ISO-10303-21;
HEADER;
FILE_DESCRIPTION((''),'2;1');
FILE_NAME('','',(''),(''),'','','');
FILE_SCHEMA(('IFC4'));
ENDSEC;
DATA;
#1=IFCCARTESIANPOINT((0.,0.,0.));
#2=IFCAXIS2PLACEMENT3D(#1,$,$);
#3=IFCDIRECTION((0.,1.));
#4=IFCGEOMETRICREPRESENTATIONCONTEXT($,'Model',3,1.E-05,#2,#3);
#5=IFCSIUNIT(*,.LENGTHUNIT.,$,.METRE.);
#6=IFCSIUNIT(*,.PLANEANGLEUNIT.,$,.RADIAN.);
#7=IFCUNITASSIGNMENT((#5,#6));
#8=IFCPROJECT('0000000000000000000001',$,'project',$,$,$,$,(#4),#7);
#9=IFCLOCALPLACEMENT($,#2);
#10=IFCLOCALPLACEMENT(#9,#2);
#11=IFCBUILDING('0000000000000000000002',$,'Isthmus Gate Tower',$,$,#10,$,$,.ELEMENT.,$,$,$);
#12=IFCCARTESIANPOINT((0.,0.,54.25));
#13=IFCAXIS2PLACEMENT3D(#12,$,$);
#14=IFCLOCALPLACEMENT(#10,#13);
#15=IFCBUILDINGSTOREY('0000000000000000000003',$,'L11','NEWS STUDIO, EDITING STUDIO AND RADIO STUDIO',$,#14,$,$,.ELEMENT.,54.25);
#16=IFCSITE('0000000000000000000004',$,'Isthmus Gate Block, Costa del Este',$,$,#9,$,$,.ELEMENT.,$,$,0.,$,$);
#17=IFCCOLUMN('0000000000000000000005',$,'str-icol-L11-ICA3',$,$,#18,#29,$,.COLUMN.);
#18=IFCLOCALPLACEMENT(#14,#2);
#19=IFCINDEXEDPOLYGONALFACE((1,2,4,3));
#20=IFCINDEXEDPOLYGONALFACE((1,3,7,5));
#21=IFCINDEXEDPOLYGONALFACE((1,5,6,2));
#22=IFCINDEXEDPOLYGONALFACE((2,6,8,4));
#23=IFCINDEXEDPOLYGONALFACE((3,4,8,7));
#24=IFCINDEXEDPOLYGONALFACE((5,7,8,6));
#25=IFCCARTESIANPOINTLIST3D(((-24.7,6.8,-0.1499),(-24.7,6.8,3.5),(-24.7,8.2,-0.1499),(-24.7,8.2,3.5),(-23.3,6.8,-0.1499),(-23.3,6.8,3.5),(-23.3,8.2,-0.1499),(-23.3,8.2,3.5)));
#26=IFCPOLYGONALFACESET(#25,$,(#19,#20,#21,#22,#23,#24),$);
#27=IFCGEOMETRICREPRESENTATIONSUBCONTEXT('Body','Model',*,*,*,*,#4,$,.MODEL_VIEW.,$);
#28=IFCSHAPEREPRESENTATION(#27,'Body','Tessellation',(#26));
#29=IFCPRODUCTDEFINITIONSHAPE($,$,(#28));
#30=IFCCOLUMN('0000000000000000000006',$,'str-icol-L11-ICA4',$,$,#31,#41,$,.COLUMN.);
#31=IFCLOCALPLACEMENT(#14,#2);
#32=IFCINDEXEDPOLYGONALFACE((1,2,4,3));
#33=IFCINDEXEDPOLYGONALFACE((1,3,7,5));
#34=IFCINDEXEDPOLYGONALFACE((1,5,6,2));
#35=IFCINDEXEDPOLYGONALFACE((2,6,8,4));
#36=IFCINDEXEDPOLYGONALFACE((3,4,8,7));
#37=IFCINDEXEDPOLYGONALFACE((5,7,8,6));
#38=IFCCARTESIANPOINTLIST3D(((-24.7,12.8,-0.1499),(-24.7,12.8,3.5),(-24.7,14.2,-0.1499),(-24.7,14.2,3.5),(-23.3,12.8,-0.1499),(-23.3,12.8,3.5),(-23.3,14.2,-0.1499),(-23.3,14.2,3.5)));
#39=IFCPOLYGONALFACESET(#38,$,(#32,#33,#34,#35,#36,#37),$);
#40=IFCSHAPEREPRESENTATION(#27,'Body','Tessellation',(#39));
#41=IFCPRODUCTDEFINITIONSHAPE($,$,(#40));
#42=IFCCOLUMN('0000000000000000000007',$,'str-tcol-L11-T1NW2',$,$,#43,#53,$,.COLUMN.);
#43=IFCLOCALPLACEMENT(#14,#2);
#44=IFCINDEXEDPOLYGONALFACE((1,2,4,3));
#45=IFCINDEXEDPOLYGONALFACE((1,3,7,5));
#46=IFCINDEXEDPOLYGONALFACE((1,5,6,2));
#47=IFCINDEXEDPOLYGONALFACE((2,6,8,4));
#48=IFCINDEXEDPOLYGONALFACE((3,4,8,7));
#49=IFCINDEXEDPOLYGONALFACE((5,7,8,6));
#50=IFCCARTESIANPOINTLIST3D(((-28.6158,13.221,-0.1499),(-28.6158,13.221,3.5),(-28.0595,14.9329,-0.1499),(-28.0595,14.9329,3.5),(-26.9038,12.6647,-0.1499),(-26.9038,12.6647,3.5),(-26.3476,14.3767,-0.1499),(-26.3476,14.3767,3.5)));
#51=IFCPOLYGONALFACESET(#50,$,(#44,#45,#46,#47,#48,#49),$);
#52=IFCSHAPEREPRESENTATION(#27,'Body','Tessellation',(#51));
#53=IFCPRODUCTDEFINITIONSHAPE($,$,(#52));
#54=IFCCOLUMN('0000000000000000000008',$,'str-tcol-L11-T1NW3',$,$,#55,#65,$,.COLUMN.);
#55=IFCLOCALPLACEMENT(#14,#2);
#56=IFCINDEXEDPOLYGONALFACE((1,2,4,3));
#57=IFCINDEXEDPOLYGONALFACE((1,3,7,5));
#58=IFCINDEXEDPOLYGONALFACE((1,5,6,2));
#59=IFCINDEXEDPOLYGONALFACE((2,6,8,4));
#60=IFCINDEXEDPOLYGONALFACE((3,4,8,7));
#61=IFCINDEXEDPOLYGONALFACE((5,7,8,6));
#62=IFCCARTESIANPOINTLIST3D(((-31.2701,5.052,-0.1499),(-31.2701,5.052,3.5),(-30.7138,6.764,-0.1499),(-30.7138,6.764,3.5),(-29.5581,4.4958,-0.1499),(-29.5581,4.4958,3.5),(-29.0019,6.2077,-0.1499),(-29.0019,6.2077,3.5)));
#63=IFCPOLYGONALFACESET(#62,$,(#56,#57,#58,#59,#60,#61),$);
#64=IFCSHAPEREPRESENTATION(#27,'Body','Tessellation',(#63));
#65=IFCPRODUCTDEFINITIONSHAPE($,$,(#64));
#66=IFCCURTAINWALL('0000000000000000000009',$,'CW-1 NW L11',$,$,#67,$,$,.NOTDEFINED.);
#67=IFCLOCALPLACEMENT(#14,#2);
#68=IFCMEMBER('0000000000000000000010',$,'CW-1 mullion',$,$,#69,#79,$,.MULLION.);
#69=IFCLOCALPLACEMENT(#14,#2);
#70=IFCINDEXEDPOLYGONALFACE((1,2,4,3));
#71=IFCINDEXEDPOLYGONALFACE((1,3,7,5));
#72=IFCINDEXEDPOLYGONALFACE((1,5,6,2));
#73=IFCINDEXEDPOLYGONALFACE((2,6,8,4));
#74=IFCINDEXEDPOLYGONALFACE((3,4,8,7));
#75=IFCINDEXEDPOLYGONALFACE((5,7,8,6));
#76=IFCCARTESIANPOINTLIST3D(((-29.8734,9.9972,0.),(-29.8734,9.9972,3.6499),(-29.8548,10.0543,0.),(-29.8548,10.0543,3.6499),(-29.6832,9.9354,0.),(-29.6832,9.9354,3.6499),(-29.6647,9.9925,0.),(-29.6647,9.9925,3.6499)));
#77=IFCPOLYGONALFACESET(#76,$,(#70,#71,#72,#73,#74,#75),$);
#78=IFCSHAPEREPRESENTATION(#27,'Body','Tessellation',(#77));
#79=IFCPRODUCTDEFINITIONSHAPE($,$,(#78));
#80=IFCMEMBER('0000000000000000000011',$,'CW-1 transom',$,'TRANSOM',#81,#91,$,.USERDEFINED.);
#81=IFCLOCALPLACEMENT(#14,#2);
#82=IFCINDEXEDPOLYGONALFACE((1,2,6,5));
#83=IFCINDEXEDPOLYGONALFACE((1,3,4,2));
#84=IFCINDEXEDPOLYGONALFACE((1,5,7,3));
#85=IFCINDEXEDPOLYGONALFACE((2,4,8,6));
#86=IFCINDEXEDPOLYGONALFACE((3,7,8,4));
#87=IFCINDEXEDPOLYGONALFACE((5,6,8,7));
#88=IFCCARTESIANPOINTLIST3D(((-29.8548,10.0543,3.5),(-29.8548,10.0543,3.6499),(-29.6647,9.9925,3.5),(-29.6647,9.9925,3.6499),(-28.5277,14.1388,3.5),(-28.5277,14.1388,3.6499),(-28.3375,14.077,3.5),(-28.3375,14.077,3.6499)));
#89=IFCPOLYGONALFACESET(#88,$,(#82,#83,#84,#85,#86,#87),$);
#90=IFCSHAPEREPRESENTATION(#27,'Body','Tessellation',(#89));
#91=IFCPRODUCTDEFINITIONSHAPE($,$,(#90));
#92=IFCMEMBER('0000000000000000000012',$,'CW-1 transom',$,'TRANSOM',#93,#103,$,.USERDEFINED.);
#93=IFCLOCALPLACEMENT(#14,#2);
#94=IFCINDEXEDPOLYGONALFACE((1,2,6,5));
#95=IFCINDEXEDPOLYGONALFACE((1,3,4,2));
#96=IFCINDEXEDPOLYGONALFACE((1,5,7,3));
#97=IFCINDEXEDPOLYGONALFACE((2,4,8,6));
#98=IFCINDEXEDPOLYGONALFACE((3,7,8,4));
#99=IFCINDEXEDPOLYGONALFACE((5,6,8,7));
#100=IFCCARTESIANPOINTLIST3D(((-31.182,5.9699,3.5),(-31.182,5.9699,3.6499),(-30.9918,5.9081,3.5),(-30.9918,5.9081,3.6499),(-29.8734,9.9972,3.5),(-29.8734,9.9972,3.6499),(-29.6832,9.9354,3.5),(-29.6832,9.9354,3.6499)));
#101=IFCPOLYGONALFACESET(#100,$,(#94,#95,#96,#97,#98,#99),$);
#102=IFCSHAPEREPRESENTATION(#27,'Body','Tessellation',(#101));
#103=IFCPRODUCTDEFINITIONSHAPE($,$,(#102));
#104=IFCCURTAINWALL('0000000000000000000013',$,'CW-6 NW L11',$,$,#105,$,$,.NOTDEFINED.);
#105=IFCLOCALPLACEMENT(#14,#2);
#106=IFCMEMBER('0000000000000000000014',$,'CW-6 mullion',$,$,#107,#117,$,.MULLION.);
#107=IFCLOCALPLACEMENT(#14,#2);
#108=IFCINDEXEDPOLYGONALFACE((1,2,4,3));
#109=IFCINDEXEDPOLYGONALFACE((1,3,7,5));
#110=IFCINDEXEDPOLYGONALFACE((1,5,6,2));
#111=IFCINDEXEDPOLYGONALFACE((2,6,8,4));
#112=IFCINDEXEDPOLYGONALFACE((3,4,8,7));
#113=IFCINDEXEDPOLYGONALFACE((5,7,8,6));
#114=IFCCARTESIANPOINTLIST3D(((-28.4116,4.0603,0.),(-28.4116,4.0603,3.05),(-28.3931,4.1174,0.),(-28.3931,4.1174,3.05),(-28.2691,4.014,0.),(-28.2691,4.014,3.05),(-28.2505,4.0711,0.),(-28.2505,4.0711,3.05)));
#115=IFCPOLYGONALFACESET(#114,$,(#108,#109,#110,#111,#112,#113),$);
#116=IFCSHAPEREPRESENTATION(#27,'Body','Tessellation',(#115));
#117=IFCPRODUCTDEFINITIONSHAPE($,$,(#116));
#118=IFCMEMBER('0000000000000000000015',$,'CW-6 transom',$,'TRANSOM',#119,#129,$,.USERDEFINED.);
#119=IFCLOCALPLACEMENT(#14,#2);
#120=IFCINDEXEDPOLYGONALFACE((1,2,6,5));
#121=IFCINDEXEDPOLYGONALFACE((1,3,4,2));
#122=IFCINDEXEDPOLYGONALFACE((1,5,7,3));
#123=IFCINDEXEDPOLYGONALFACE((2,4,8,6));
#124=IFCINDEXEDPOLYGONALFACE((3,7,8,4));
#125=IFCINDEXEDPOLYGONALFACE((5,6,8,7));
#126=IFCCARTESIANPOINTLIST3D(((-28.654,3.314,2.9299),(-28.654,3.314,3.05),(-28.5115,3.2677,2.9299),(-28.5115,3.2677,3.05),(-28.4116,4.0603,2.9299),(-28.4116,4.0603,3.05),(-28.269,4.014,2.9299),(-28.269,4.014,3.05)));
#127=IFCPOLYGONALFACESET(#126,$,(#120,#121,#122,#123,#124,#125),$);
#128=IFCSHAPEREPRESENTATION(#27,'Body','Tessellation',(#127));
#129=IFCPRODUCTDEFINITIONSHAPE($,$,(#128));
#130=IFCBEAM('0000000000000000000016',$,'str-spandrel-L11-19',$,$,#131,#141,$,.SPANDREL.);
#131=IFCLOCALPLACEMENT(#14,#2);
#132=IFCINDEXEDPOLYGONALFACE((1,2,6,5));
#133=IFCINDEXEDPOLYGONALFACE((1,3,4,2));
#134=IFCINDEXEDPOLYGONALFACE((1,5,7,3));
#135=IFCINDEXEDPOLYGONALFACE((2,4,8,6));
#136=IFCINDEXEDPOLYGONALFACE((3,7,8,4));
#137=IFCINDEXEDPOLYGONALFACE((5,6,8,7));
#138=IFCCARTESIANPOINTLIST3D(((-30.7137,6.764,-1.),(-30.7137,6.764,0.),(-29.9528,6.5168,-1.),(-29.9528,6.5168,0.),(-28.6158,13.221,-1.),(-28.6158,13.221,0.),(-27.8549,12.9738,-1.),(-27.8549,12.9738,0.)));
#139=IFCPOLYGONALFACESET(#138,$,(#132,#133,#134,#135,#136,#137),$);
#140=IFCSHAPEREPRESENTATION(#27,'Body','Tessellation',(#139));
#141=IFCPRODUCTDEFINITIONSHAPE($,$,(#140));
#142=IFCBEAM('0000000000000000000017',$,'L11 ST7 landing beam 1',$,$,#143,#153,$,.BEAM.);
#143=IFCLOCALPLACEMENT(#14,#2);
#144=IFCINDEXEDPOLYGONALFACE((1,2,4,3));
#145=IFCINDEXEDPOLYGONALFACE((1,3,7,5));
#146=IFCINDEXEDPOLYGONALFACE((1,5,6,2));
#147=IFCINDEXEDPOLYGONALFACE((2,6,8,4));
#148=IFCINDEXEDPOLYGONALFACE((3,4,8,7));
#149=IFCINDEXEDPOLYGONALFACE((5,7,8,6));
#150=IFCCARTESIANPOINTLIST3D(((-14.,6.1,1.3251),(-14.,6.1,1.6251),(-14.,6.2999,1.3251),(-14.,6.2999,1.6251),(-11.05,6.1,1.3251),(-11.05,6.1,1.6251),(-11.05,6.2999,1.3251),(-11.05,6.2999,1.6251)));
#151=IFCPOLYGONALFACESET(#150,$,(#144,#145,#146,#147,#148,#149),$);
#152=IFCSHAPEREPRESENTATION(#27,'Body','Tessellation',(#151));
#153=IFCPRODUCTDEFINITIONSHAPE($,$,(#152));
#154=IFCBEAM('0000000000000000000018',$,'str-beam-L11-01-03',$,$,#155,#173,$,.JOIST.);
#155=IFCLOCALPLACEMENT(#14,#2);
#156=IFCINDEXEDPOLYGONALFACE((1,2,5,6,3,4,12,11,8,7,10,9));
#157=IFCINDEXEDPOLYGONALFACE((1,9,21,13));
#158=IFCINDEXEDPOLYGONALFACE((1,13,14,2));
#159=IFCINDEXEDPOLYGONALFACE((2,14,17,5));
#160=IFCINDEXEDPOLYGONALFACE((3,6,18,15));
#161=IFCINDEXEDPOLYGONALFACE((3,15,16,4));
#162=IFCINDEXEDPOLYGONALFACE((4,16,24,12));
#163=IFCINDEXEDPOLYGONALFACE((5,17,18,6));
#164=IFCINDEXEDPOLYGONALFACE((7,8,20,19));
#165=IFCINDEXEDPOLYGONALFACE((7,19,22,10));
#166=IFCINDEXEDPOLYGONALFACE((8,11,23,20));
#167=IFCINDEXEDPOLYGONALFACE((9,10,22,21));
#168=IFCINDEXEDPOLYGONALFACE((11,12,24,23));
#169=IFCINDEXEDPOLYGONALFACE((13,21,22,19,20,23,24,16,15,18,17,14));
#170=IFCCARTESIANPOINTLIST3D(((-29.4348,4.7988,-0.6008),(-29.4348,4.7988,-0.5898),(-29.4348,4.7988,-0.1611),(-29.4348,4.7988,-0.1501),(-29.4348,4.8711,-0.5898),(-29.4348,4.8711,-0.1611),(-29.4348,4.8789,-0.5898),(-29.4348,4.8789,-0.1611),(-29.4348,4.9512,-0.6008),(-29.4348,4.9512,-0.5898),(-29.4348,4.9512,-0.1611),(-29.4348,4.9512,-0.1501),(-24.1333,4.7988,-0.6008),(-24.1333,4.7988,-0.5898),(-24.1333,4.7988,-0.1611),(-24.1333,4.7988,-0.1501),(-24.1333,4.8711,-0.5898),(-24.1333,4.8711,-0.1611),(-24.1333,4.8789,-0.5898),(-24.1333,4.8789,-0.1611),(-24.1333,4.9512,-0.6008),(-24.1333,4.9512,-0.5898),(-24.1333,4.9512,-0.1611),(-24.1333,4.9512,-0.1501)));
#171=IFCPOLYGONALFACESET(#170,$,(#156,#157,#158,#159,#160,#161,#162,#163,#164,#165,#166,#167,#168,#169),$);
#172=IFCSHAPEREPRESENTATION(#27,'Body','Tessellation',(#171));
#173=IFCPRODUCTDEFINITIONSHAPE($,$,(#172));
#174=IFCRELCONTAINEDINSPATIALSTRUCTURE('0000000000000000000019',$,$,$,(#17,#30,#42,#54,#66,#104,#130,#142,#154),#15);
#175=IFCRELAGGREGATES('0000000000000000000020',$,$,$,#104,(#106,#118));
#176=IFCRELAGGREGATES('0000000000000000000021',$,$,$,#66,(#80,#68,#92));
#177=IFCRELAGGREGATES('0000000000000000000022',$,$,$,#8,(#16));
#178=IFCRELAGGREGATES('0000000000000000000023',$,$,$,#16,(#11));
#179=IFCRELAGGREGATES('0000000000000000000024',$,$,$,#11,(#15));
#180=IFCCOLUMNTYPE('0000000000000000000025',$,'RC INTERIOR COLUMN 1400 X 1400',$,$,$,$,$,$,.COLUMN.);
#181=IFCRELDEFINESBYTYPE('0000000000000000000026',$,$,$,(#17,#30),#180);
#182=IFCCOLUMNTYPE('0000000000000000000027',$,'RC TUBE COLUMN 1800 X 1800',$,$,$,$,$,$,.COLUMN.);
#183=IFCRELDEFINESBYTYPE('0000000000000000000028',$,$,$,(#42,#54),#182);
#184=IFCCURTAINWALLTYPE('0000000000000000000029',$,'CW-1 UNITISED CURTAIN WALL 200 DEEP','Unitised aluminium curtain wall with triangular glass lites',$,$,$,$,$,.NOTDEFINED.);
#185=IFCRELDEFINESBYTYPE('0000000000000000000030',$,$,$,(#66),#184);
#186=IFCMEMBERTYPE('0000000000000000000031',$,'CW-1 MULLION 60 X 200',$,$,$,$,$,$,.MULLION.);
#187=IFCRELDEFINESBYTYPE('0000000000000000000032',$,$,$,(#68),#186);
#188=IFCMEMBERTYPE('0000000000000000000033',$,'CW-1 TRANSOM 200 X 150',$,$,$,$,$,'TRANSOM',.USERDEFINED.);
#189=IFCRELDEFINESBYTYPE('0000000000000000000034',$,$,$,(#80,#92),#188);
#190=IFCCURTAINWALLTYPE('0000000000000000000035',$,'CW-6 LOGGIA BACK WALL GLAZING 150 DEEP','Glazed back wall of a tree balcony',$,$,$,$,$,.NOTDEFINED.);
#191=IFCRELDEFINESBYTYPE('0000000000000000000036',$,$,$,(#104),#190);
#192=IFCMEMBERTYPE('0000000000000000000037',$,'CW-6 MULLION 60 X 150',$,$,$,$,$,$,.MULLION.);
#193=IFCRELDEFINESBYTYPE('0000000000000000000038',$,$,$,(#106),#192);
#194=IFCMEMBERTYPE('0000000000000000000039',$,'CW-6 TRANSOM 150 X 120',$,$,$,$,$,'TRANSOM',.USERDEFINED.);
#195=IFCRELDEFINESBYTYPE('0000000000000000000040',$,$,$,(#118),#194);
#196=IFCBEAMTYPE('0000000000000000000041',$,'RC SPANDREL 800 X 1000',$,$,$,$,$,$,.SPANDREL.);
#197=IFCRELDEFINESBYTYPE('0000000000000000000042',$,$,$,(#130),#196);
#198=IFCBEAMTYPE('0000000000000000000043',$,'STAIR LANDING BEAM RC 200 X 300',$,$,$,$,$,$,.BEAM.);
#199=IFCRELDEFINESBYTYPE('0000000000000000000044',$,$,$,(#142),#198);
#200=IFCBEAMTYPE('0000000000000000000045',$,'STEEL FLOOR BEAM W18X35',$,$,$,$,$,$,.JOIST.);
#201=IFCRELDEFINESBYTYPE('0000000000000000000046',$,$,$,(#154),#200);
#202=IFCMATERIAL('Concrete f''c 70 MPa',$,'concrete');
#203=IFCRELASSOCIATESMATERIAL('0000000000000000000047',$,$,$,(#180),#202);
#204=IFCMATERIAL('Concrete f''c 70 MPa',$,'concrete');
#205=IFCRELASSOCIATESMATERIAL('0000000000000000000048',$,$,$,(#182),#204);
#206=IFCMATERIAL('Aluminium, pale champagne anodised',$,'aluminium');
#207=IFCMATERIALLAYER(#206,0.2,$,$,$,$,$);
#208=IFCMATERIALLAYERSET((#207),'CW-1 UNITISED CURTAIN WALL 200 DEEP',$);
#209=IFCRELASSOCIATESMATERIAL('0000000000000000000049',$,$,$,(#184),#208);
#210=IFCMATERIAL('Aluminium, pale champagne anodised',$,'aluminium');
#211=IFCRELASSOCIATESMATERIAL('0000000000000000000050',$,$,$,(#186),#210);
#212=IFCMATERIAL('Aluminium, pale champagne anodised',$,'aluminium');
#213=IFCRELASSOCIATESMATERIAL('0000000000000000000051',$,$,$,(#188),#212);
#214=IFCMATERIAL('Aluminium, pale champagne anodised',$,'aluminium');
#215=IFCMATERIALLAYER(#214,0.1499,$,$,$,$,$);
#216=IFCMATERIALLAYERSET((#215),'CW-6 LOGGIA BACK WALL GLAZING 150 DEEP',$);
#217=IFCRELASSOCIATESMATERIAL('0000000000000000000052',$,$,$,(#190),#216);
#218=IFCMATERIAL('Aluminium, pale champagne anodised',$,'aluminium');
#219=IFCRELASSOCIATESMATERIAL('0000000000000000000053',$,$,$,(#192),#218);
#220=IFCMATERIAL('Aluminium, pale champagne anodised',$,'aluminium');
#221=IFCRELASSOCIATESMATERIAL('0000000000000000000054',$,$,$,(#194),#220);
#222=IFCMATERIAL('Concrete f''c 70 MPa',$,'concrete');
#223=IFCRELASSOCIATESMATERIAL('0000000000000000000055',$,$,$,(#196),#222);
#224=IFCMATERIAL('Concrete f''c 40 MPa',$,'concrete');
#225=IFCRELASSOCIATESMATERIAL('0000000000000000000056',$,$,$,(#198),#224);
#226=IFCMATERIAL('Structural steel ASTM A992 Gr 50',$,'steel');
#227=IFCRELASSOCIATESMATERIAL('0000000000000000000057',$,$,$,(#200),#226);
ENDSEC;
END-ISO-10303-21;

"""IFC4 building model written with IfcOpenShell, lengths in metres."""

from ifc_helpers import new_model, si_unit, direction, frame, origin, origin_2d, place, context, subcontext, project, spatial, rectangle, i_section, extrude, material, layer, layer_set, material_profile, profile_set, type_object, element, aggregate, save


model = new_model("IFC4")

# Units and contexts
model_context = context("Model", 3, precision=1e-05, world=origin(), true_north=direction((0.0, 1.0)))
body_context = subcontext(model_context, "Body", "Model", "MODEL_VIEW")
ifc_project = project(units=[si_unit("LENGTHUNIT", "METRE"), si_unit("PLANEANGLEUNIT", "RADIAN")], contexts=[model_context])

# Site, building, storey
site_placement = place(None, origin())
site = spatial("IfcSite", under=ifc_project, at=site_placement, Name="Isthmus Gate Block, Costa del Este", CompositionType="ELEMENT", RefElevation=0.0)
building_placement = place(site_placement, origin())
building = spatial("IfcBuilding", under=site, at=building_placement, Name="Isthmus Gate Tower", CompositionType="ELEMENT")
storey_placement = place(building_placement, frame((0.0, 0.0, 54.25)))
storey = spatial("IfcBuildingStorey", under=building, at=storey_placement, Name="L11", Description="NEWS STUDIO, EDITING STUDIO AND RADIO STUDIO", CompositionType="ELEMENT", Elevation=54.25)

# Columns
ifc_material_1 = material(Name="Concrete f'c 70 MPa", Category="concrete")
ifc_material_profile_1 = material_profile(ifc_material_1, rectangle(XDim=1.3999, YDim=1.3999, at=origin_2d()), Name="RC 1400X1400")
ifc_profile_set_1 = profile_set([ifc_material_profile_1], Name="Concrete f'c 70 MPa")
column_type_1 = type_object("IfcColumnType", Name="RC INTERIOR COLUMN 1400 X 1400", PredefinedType="COLUMN", material=ifc_profile_set_1)
for number, where, z_axis, x_axis, name in (
    (1, (-24.0, 7.5, -0.1499), (0.0, 0.0, 1.0), (1.0, 0.0, 0.0), "str-icol-L11-ICA3"),
    (2, (-24.0, 13.5, -0.1499), (0.0, 0.0, 1.0), (1.0, 0.0, 0.0), "str-icol-L11-ICA4"),
):
    element("IfcColumn", number, at=place(storey_placement, frame(where, z_axis=z_axis, x_axis=x_axis)), inside=storey, type_object=column_type_1, Name=name, PredefinedType="COLUMN", context=body_context, shape_type="SweptSolid", body=[
        extrude(rectangle(XDim=1.3999, YDim=1.3999, at=origin_2d()), origin(), (0.0, 0.0, 1.0), 3.6499),
    ])
ifc_material_2 = material(Name="Concrete f'c 70 MPa", Category="concrete")
ifc_material_profile_2 = material_profile(ifc_material_2, rectangle(XDim=1.8, YDim=1.8, at=origin_2d()), Name="RC 1800X1800")
ifc_profile_set_2 = profile_set([ifc_material_profile_2], Name="Concrete f'c 70 MPa")
column_type_2 = type_object("IfcColumnType", Name="RC TUBE COLUMN 1800 X 1800", PredefinedType="COLUMN", material=ifc_profile_set_2)
for number, where, z_axis, x_axis, name in (
    (3, (-27.4817, 13.7988, -0.1499), (0.0, 0.0, 1.0), (-0.309017, -0.951057, 0.0), "str-tcol-L11-T1NW2"),
    (4, (-30.136, 5.6299, -0.1499), (0.0, 0.0, 1.0), (-0.309017, -0.951057, 0.0), "str-tcol-L11-T1NW3"),
):
    element("IfcColumn", number, at=place(storey_placement, frame(where, z_axis=z_axis, x_axis=x_axis)), inside=storey, type_object=column_type_2, Name=name, PredefinedType="COLUMN", context=body_context, shape_type="SweptSolid", body=[
        extrude(rectangle(XDim=1.8, YDim=1.8, at=origin_2d()), origin(), (0.0, 0.0, 1.0), 3.6499),
    ])

# Curtain walls, members
ifc_material_3 = material(Name="Aluminium, pale champagne anodised", Category="aluminium")
ifc_layer_1 = layer(ifc_material_3, 0.2)
ifc_layer_set_1 = layer_set([ifc_layer_1], Name="CW-1 UNITISED CURTAIN WALL 200 DEEP")
curtain_wall_type_1 = type_object("IfcCurtainWallType", Name="CW-1 UNITISED CURTAIN WALL 200 DEEP", Description="Unitised aluminium curtain wall with triangular glass lites", PredefinedType="NOTDEFINED", material=ifc_layer_set_1)
curtain_wall_1_placement = place(storey_placement, origin())
curtain_wall_1 = element("IfcCurtainWall", 5, at=curtain_wall_1_placement, inside=storey, type_object=curtain_wall_type_1, Name="CW-1 NW L11", PredefinedType="NOTDEFINED")
ifc_material_4 = material(Name="Aluminium, pale champagne anodised", Category="aluminium")
ifc_material_profile_3 = material_profile(ifc_material_4, rectangle(XDim=0.0601, YDim=0.2, at=origin_2d()), Name="60x200")
ifc_profile_set_3 = profile_set([ifc_material_profile_3], Name="Aluminium, pale champagne anodised")
member_type_1 = type_object("IfcMemberType", Name="CW-1 MULLION 60 X 200", PredefinedType="MULLION", material=ifc_profile_set_3)
member_1_placement = place(storey_placement, frame((-29.769, 9.9949, 0.0), z_axis=(0.0, 0.0, 1.0), x_axis=(-0.309017, -0.951057, 0.0)))
member_1 = element("IfcMember", 6, at=member_1_placement, type_object=member_type_1, Name="CW-1 mullion", PredefinedType="MULLION", context=body_context, shape_type="SweptSolid", body=[
    extrude(rectangle(XDim=0.0601, YDim=0.2, at=origin_2d()), origin(), (0.0, 0.0, 1.0), 3.6499),
])
ifc_material_5 = material(Name="Aluminium, pale champagne anodised", Category="aluminium")
ifc_material_profile_4 = material_profile(ifc_material_5, rectangle(XDim=0.2, YDim=0.1499, at=origin_2d()), Name="200x150")
ifc_profile_set_4 = profile_set([ifc_material_profile_4], Name="Aluminium, pale champagne anodised")
member_type_2 = type_object("IfcMemberType", Name="CW-1 TRANSOM 200 X 150", ElementType="TRANSOM", PredefinedType="USERDEFINED", material=ifc_profile_set_4)
member_2_placement = place(storey_placement, frame((-28.4326, 14.1079, 3.575), z_axis=(-0.309022, -0.951055, 0.0), x_axis=(0.951055, -0.309022, 0.0)))
member_2 = element("IfcMember", 7, at=member_2_placement, type_object=member_type_2, Name="CW-1 transom", ObjectType="TRANSOM", PredefinedType="USERDEFINED", context=body_context, shape_type="SweptSolid", body=[
    extrude(rectangle(XDim=0.2, YDim=0.1499, at=origin_2d()), origin(), (0.0, 0.0, 1.0), 4.2947),
])
member_3_placement = place(storey_placement, frame((-29.7783, 9.9663, 3.575), z_axis=(-0.309023, -0.951054, 0.0), x_axis=(0.951054, -0.309023, 0.0)))
member_3 = element("IfcMember", 8, at=member_3_placement, type_object=member_type_2, Name="CW-1 transom", ObjectType="TRANSOM", PredefinedType="USERDEFINED", context=body_context, shape_type="SweptSolid", body=[
    extrude(rectangle(XDim=0.2, YDim=0.1499, at=origin_2d()), origin(), (0.0, 0.0, 1.0), 4.2346),
])
ifc_material_6 = material(Name="Aluminium, pale champagne anodised", Category="aluminium")
ifc_layer_2 = layer(ifc_material_6, 0.1499)
ifc_layer_set_2 = layer_set([ifc_layer_2], Name="CW-6 LOGGIA BACK WALL GLAZING 150 DEEP")
curtain_wall_type_2 = type_object("IfcCurtainWallType", Name="CW-6 LOGGIA BACK WALL GLAZING 150 DEEP", Description="Glazed back wall of a tree balcony", PredefinedType="NOTDEFINED", material=ifc_layer_set_2)
curtain_wall_2_placement = place(storey_placement, origin())
curtain_wall_2 = element("IfcCurtainWall", 9, at=curtain_wall_2_placement, inside=storey, type_object=curtain_wall_type_2, Name="CW-6 NW L11", PredefinedType="NOTDEFINED")
ifc_material_7 = material(Name="Aluminium, pale champagne anodised", Category="aluminium")
ifc_material_profile_5 = material_profile(ifc_material_7, rectangle(XDim=0.0601, YDim=0.1499, at=origin_2d()), Name="60x150")
ifc_profile_set_5 = profile_set([ifc_material_profile_5], Name="Aluminium, pale champagne anodised")
member_type_3 = type_object("IfcMemberType", Name="CW-6 MULLION 60 X 150", PredefinedType="MULLION", material=ifc_profile_set_5)
member_4_placement = place(storey_placement, frame((-28.3311, 4.0657, 0.0), z_axis=(0.0, 0.0, 1.0), x_axis=(-0.309017, -0.951057, 0.0)))
member_4 = element("IfcMember", 10, at=member_4_placement, type_object=member_type_3, Name="CW-6 mullion", PredefinedType="MULLION", context=body_context, shape_type="SweptSolid", body=[
    extrude(rectangle(XDim=0.0601, YDim=0.1499, at=origin_2d()), origin(), (0.0, 0.0, 1.0), 3.05),
])
ifc_material_8 = material(Name="Aluminium, pale champagne anodised", Category="aluminium")
ifc_material_profile_6 = material_profile(ifc_material_8, rectangle(XDim=0.1499, YDim=0.1201, at=origin_2d()), Name="150x120")
ifc_profile_set_6 = profile_set([ifc_material_profile_6], Name="Aluminium, pale champagne anodised")
member_type_4 = type_object("IfcMemberType", Name="CW-6 TRANSOM 150 X 120", ElementType="TRANSOM", PredefinedType="USERDEFINED", material=ifc_profile_set_6)
member_5_placement = place(storey_placement, frame((-28.3403, 4.0371, 2.99), z_axis=(-0.308938, -0.951082, 0.0), x_axis=(0.951082, -0.308938, 0.0)))
member_5 = element("IfcMember", 11, at=member_5_placement, type_object=member_type_4, Name="CW-6 transom", ObjectType="TRANSOM", PredefinedType="USERDEFINED", context=body_context, shape_type="SweptSolid", body=[
    extrude(rectangle(XDim=0.1499, YDim=0.1201, at=origin_2d()), origin(), (0.0, 0.0, 1.0), 0.7847),
])

# Beams
ifc_material_9 = material(Name="Concrete f'c 70 MPa", Category="concrete")
ifc_material_profile_7 = material_profile(ifc_material_9, rectangle(XDim=0.8, YDim=1.0, at=origin_2d()), Name="RC 800X1000")
ifc_profile_set_7 = profile_set([ifc_material_profile_7], Name="Concrete f'c 70 MPa")
beam_type_1 = type_object("IfcBeamType", Name="RC SPANDREL 800 X 1000", PredefinedType="SPANDREL", material=ifc_profile_set_7)
beam_1_placement = place(storey_placement, frame((-30.3333, 6.6404, -0.5), z_axis=(0.309002, 0.951062, 0.0), x_axis=(-0.951062, 0.309002, 0.0)))
element("IfcBeam", 12, at=beam_1_placement, inside=storey, type_object=beam_type_1, Name="str-spandrel-L11-19", PredefinedType="SPANDREL", context=body_context, shape_type="SweptSolid", body=[
    extrude(rectangle(XDim=0.8, YDim=1.0, at=origin_2d()), origin(), (0.0, 0.0, 1.0), 6.7893),
])
ifc_material_10 = material(Name="Concrete f'c 40 MPa", Category="concrete")
ifc_material_profile_8 = material_profile(ifc_material_10, rectangle(XDim=0.2, YDim=0.3, at=origin_2d()), Name="STAIR LANDING BEAM RC 200 X 300")
ifc_profile_set_8 = profile_set([ifc_material_profile_8], Name="Concrete f'c 40 MPa")
beam_type_2 = type_object("IfcBeamType", Name="STAIR LANDING BEAM RC 200 X 300", PredefinedType="BEAM", material=ifc_profile_set_8)
beam_2_placement = place(storey_placement, frame((-14.0, 6.2, 1.4751), z_axis=(1.0, 0.0, 0.0), x_axis=(0.0, 1.0, 0.0)))
element("IfcBeam", 13, at=beam_2_placement, inside=storey, type_object=beam_type_2, Name="L11 ST7 landing beam 1", PredefinedType="BEAM", context=body_context, shape_type="SweptSolid", body=[
    extrude(rectangle(XDim=0.2, YDim=0.3, at=origin_2d()), origin(), (0.0, 0.0, 1.0), 2.95),
])
ifc_material_11 = material(Name="Structural steel ASTM A992 Gr 50", Category="steel")
ifc_material_profile_9 = material_profile(ifc_material_11, i_section(OverallWidth=0.1523, OverallDepth=0.4507, WebThickness=0.0078, FlangeThickness=0.011, at=origin_2d()), Name="W18X35")
ifc_profile_set_9 = profile_set([ifc_material_profile_9], Name="Structural steel ASTM A992 Gr 50")
beam_type_3 = type_object("IfcBeamType", Name="STEEL FLOOR BEAM W18X35", PredefinedType="JOIST", material=ifc_profile_set_9)
beam_3_placement = place(storey_placement, frame((-29.4348, 4.875, -0.3755), z_axis=(1.0, 0.0, 0.0), x_axis=(0.0, 1.0, 0.0)))
element("IfcBeam", 14, at=beam_3_placement, inside=storey, type_object=beam_type_3, Name="str-beam-L11-01-03", PredefinedType="JOIST", context=body_context, shape_type="SweptSolid", body=[
    extrude(i_section(OverallWidth=0.1523, OverallDepth=0.4507, WebThickness=0.0078, FlangeThickness=0.011, at=origin_2d()), origin(), (0.0, 0.0, 1.0), 5.3015),
])

aggregate(curtain_wall_2, [member_4, member_5])

aggregate(curtain_wall_1, [member_2, member_1, member_3])

save(model, "model.ifc")
